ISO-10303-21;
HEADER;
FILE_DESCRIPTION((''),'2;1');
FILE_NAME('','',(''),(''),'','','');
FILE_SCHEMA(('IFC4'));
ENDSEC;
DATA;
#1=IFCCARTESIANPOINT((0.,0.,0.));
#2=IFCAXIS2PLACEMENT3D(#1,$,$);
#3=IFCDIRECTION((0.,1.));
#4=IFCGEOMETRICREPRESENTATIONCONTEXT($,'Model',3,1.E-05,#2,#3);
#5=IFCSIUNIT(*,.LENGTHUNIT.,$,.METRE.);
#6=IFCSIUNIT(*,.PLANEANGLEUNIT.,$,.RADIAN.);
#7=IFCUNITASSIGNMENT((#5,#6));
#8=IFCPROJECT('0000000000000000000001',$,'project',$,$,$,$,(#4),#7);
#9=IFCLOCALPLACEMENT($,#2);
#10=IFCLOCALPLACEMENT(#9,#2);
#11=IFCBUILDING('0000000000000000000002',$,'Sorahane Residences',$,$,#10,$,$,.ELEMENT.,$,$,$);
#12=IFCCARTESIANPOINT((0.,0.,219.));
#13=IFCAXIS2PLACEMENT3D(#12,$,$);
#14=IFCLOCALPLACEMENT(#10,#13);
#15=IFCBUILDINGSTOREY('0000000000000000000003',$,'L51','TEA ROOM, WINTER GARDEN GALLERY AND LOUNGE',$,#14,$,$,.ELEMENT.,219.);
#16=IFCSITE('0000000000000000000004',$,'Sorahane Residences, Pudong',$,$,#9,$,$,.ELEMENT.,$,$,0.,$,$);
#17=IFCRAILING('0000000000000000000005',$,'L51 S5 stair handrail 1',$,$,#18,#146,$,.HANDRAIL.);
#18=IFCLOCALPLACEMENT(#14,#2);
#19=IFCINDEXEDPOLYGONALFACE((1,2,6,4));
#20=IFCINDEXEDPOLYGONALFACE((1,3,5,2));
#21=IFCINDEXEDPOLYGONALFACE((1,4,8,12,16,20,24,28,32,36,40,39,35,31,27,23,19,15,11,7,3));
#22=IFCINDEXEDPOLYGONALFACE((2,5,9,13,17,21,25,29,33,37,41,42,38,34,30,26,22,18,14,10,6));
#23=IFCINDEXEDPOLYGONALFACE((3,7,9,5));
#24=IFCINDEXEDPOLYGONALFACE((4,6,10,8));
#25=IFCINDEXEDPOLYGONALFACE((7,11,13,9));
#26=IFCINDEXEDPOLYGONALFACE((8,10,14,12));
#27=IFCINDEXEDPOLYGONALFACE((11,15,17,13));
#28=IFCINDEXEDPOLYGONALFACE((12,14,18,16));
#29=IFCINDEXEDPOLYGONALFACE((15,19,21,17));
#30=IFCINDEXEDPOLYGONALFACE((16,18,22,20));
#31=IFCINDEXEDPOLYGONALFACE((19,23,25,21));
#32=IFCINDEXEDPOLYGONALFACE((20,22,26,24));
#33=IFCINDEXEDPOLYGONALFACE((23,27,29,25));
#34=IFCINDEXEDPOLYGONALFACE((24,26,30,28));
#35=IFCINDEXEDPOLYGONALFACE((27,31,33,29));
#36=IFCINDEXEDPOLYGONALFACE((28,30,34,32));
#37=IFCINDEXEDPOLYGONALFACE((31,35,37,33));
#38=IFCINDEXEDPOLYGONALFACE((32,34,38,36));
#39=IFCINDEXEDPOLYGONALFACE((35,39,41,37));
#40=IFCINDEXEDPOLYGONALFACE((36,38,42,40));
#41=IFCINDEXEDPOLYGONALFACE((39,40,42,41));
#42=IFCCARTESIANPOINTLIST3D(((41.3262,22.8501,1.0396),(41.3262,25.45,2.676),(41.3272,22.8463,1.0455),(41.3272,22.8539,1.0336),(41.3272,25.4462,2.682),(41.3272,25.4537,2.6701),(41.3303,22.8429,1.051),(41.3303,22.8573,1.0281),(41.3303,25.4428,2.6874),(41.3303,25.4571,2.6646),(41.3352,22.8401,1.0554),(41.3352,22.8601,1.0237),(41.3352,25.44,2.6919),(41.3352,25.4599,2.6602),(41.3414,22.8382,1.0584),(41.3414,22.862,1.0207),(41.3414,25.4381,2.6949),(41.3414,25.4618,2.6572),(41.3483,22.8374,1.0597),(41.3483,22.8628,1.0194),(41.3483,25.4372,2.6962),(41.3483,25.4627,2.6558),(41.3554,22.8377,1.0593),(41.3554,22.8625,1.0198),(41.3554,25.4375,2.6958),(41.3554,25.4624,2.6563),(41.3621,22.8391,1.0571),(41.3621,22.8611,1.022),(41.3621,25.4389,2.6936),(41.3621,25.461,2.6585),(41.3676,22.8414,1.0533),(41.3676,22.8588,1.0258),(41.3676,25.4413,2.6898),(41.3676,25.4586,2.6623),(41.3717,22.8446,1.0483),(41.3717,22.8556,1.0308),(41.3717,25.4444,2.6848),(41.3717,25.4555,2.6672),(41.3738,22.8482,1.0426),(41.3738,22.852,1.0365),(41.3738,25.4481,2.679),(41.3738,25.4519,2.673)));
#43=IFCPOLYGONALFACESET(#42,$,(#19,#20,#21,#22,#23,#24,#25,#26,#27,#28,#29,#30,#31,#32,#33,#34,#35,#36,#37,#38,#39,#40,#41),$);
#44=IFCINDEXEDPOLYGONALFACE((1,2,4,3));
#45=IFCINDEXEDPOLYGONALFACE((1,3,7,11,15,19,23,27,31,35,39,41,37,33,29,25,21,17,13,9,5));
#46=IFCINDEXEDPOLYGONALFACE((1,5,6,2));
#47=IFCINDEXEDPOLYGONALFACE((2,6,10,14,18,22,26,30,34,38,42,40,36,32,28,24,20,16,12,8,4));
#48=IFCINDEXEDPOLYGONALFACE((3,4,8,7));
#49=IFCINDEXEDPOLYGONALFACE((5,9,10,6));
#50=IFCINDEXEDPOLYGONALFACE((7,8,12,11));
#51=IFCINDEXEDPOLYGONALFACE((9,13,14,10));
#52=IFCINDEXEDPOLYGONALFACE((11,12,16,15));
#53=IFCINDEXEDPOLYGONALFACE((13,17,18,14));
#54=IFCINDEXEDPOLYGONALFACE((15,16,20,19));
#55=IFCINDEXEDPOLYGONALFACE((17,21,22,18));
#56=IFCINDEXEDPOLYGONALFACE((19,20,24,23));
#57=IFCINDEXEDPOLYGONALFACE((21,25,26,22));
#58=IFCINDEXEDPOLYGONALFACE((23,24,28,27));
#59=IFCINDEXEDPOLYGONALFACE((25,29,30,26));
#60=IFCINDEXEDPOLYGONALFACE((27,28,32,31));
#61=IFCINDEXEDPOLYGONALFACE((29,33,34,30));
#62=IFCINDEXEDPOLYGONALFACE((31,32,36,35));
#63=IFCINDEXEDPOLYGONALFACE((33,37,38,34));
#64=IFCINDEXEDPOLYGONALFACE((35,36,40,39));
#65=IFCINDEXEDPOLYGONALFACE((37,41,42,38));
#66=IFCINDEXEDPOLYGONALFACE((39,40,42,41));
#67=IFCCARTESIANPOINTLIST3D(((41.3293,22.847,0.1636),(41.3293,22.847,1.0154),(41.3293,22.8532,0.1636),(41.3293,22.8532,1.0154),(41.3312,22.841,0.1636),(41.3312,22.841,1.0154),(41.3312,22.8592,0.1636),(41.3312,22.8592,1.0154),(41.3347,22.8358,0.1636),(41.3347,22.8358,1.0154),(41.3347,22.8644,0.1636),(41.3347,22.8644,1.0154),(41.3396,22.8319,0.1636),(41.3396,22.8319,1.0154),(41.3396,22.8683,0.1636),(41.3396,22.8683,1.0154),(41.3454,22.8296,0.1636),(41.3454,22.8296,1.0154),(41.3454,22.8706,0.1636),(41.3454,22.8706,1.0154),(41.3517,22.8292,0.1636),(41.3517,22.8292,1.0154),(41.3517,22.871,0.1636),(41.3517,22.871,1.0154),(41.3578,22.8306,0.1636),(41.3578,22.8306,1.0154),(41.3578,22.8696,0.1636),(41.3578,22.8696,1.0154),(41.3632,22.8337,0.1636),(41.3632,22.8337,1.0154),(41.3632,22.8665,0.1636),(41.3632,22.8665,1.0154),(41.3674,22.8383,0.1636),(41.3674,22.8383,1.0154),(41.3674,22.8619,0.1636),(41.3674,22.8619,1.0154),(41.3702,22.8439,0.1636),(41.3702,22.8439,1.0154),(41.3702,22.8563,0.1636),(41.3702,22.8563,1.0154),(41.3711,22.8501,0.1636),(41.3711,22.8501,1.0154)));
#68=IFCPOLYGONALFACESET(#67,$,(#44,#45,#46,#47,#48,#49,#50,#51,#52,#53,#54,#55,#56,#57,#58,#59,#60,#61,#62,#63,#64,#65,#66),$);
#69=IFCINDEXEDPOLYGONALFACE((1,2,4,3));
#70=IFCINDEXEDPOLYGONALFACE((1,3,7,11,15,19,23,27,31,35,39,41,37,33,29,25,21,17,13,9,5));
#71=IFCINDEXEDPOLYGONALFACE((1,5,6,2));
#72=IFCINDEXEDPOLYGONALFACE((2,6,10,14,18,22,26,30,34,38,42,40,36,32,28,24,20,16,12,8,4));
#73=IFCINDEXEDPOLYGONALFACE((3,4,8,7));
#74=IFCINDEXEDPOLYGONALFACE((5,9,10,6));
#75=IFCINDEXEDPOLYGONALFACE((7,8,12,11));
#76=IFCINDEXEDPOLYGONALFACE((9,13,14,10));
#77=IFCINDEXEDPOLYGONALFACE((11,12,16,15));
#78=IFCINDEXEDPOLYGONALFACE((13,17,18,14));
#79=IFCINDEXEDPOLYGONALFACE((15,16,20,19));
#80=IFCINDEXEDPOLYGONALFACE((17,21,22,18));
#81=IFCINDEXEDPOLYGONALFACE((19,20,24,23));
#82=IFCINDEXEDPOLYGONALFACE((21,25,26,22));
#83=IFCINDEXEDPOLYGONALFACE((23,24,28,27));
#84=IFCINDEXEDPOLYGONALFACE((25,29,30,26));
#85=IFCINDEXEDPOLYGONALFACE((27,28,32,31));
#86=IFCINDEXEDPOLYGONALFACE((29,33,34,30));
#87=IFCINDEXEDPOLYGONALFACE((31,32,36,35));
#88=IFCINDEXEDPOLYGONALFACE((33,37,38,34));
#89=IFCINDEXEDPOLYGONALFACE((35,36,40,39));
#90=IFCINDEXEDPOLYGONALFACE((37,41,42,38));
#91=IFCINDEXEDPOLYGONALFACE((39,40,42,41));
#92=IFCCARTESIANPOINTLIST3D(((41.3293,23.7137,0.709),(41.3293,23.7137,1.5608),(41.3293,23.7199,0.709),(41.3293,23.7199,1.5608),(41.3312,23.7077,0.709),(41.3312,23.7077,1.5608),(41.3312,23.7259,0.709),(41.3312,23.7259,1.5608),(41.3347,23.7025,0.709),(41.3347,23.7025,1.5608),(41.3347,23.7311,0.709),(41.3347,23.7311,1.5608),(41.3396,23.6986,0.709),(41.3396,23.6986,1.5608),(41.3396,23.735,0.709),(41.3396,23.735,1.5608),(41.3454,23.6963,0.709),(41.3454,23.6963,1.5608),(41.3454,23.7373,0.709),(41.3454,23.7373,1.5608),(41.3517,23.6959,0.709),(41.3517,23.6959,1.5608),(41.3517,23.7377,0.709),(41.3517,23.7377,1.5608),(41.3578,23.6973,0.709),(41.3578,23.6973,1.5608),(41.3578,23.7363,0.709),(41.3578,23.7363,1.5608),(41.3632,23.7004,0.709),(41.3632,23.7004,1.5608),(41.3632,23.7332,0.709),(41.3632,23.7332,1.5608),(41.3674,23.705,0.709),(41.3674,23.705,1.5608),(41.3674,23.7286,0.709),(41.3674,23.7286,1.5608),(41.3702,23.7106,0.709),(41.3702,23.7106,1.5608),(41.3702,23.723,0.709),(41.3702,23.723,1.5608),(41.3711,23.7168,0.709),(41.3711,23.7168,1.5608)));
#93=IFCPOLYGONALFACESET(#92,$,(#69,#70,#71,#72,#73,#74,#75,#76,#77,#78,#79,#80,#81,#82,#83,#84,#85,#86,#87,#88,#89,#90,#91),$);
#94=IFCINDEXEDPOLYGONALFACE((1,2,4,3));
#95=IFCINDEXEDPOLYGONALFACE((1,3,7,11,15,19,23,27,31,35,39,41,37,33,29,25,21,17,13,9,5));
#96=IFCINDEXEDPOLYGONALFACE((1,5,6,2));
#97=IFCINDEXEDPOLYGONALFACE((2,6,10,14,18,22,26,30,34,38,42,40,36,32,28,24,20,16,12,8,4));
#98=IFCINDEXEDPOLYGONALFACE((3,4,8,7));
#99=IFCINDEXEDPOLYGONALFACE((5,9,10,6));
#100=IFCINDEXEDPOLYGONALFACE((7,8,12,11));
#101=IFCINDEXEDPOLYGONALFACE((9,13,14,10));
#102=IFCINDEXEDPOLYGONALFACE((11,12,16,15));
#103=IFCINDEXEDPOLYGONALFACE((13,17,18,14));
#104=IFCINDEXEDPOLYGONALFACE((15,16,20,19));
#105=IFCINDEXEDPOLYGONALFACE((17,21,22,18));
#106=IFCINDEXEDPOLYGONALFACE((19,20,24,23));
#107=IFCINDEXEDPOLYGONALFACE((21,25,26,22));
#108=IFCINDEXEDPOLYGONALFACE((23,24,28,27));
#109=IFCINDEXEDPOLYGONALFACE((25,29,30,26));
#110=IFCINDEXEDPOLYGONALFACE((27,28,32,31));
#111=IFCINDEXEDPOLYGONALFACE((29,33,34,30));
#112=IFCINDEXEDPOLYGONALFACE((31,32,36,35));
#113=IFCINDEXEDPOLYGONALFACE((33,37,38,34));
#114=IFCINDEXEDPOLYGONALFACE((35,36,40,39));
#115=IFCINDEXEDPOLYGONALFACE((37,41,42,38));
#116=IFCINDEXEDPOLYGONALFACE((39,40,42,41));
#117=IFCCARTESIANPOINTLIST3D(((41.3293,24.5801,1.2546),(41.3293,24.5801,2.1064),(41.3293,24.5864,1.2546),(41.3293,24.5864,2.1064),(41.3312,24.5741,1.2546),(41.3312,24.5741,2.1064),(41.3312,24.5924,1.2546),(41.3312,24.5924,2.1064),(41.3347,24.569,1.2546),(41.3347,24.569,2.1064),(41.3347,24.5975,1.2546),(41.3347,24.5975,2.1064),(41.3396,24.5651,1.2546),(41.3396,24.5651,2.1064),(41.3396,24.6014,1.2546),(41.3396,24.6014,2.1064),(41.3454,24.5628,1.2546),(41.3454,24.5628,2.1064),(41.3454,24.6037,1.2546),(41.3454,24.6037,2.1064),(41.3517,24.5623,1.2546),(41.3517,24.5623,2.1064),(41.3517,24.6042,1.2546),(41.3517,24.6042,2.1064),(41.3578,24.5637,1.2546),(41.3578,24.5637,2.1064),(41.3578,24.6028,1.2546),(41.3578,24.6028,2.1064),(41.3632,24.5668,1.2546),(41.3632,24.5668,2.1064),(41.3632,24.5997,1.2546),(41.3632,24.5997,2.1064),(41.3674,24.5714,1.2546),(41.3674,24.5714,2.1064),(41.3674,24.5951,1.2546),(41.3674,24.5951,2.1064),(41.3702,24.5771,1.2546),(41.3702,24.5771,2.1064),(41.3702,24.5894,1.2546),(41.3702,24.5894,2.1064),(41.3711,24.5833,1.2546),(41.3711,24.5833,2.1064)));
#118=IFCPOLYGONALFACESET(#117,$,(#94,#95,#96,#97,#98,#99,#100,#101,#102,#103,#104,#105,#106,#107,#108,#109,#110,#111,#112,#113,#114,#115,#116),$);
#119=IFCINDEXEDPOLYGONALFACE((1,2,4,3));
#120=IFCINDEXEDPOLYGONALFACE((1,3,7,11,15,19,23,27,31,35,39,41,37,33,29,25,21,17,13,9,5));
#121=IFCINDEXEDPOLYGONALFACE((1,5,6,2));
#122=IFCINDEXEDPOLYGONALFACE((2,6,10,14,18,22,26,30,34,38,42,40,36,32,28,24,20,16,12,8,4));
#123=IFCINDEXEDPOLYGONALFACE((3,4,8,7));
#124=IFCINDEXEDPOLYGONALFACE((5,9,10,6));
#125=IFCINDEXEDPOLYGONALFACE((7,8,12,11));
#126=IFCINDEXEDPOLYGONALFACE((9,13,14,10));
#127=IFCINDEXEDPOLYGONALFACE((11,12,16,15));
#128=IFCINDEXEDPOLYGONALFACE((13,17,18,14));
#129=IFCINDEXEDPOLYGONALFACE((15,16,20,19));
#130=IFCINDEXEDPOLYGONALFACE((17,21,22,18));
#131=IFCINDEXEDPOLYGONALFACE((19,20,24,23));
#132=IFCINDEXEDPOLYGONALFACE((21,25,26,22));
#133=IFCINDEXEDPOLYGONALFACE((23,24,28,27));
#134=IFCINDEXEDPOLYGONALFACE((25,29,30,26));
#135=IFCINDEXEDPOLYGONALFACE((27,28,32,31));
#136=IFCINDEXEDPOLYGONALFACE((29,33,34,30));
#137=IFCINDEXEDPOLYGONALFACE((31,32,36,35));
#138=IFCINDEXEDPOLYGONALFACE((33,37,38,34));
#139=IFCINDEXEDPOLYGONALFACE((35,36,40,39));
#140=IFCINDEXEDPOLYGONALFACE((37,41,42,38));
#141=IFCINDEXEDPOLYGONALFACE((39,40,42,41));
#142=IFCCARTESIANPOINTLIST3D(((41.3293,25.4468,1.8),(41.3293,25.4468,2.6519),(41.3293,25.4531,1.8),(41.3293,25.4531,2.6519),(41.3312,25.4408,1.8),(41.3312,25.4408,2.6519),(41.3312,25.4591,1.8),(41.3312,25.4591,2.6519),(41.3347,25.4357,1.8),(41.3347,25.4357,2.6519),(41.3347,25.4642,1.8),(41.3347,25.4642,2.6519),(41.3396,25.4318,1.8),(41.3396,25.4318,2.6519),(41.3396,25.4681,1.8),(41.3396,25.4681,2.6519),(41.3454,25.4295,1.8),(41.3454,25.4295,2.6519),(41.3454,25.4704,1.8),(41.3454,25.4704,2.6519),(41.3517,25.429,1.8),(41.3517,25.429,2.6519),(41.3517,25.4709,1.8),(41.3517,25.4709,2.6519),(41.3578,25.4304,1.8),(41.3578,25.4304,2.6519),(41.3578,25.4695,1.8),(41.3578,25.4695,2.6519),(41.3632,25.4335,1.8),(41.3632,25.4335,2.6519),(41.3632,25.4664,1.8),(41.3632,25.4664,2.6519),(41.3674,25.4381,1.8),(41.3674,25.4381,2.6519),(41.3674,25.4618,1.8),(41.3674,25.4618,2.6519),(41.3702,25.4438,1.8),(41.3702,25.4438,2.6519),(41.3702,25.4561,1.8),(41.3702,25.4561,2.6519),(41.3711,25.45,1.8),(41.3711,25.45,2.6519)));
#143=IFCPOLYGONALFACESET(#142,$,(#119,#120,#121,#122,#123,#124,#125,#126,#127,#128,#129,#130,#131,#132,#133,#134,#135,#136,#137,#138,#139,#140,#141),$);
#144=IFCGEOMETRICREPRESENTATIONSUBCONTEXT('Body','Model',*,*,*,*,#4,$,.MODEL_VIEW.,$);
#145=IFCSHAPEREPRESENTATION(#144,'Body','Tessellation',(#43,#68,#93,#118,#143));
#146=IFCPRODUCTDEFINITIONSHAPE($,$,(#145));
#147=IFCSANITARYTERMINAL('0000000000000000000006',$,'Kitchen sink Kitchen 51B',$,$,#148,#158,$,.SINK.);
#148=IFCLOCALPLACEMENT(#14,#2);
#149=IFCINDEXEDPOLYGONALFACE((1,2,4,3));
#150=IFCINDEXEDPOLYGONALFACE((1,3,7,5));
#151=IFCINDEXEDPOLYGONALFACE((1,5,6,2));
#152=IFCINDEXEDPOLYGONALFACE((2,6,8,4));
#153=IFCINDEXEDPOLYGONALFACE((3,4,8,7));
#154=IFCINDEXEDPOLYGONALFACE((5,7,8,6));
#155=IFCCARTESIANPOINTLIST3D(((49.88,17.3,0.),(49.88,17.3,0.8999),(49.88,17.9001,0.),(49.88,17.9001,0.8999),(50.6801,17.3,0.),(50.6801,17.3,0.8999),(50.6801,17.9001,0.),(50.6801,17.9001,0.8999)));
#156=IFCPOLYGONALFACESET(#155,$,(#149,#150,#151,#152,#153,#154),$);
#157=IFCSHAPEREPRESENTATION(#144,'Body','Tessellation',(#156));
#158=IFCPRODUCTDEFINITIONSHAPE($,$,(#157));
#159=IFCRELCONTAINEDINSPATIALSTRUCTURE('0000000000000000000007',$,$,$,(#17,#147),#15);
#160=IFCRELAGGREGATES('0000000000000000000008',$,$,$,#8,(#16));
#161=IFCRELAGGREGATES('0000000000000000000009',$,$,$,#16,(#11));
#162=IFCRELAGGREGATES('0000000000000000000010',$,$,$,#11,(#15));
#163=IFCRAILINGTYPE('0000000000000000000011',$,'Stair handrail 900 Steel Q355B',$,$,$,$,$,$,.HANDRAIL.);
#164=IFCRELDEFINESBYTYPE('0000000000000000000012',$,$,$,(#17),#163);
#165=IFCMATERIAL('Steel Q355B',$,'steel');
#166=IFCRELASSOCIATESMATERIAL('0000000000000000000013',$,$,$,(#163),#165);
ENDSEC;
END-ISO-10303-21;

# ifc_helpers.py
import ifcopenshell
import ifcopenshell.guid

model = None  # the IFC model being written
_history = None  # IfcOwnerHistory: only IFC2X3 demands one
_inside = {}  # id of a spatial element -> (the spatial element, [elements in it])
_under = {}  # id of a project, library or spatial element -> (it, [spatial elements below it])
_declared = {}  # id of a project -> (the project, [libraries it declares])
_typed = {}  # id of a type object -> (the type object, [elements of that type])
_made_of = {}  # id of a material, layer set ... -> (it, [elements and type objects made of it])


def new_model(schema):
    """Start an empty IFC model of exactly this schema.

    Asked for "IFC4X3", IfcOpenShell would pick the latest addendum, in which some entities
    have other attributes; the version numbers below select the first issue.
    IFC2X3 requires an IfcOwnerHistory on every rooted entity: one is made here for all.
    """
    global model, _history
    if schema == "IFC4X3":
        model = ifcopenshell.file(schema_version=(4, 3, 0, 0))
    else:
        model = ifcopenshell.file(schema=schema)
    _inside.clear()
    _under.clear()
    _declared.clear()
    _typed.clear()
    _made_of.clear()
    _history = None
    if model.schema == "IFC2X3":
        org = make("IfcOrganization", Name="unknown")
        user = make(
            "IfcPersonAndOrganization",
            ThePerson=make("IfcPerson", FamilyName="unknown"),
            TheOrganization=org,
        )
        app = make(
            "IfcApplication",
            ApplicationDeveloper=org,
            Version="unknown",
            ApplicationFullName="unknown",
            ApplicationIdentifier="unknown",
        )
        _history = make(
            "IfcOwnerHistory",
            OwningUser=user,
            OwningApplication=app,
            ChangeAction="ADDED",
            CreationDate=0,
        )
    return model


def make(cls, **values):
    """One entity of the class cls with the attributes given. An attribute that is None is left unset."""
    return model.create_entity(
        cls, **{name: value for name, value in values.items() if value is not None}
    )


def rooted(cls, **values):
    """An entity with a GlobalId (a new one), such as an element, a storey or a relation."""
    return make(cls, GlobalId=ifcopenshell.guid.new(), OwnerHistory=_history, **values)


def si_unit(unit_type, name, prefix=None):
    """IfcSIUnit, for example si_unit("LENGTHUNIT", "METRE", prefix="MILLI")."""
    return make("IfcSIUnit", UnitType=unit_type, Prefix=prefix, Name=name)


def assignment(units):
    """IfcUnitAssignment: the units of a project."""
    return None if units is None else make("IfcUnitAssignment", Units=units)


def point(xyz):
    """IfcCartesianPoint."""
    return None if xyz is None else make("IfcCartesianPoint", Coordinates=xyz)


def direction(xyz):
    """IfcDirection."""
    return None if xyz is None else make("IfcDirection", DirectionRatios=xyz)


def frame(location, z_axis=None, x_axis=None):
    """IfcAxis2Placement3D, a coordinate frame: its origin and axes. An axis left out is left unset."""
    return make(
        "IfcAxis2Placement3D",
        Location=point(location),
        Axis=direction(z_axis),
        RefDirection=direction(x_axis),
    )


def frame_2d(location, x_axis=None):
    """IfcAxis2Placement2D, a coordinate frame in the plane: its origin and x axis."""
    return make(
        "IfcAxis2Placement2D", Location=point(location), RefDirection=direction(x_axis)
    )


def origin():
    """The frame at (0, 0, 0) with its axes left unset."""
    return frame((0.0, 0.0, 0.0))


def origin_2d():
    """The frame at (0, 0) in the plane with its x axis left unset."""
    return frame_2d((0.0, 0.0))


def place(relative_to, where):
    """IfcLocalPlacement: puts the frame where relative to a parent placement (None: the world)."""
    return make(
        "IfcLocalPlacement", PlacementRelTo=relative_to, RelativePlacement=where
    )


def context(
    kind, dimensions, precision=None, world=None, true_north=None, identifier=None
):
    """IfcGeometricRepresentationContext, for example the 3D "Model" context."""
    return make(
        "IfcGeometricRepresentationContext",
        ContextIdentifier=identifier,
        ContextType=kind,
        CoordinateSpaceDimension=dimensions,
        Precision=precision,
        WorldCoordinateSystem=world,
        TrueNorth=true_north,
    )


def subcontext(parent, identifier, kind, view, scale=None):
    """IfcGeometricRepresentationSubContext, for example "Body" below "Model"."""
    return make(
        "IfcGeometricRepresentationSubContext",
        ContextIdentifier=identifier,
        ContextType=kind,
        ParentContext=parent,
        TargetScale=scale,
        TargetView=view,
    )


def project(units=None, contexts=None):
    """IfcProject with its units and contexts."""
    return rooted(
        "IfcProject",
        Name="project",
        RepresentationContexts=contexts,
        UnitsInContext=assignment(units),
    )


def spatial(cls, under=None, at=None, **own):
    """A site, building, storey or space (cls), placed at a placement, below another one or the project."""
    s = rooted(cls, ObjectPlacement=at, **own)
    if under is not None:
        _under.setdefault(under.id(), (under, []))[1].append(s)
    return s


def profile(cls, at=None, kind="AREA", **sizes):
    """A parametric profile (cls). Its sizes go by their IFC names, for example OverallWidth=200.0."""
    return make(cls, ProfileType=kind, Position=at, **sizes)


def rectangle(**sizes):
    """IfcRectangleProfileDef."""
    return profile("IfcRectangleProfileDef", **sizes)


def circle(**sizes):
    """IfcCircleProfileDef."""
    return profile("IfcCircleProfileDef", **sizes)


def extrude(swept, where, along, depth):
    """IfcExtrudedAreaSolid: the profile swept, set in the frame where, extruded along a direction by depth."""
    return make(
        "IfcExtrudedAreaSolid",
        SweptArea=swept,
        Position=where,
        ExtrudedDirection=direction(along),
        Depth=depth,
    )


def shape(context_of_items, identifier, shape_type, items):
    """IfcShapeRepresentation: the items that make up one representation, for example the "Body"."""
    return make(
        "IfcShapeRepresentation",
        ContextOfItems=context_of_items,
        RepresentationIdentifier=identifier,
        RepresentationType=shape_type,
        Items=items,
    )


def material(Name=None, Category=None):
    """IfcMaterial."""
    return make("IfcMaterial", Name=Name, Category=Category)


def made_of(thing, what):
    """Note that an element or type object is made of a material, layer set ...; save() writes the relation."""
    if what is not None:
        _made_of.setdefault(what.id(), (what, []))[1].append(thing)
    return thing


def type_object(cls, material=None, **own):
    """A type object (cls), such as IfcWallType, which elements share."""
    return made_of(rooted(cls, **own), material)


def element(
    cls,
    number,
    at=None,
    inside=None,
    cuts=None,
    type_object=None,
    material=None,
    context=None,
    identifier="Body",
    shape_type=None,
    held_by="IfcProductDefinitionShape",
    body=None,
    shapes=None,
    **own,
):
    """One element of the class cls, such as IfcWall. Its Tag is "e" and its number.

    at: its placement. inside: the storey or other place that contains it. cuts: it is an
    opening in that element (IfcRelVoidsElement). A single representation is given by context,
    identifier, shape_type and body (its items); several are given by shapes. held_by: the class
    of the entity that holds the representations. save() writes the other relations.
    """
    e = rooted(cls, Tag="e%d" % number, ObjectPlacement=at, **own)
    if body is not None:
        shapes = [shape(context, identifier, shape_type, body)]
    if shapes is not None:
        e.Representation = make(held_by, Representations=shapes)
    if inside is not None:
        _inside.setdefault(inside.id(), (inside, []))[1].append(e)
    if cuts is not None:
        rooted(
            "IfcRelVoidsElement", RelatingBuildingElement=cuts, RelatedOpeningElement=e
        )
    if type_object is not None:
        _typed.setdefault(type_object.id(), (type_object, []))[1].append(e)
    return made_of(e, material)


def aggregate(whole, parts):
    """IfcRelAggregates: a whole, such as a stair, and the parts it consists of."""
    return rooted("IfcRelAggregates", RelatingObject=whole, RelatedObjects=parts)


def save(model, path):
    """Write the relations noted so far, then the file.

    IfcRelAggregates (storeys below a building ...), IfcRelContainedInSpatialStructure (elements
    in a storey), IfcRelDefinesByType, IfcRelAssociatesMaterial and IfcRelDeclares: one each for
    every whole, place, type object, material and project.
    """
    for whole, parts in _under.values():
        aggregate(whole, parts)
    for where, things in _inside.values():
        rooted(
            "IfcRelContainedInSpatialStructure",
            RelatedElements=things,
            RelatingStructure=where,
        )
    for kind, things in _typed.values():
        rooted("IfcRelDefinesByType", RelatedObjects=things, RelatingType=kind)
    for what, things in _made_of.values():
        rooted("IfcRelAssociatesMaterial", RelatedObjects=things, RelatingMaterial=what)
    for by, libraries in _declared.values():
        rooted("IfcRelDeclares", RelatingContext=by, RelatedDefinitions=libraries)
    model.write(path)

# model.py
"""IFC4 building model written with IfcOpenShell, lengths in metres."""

from ifc_helpers import new_model, si_unit, direction, frame, origin, origin_2d, place, context, subcontext, project, spatial, rectangle, circle, extrude, material, type_object, element, save


model = new_model("IFC4")

# Units and contexts
model_context = context("Model", 3, precision=1e-05, world=origin(), true_north=direction((0.0, 1.0)))
body_context = subcontext(model_context, "Body", "Model", "MODEL_VIEW")
ifc_project = project(units=[si_unit("LENGTHUNIT", "METRE"), si_unit("PLANEANGLEUNIT", "RADIAN")], contexts=[model_context])

# Site, building, storey
site_placement = place(None, origin())
site = spatial("IfcSite", under=ifc_project, at=site_placement, Name="Sorahane Residences, Pudong", CompositionType="ELEMENT", RefElevation=0.0)
building_placement = place(site_placement, origin())
building = spatial("IfcBuilding", under=site, at=building_placement, Name="Sorahane Residences", CompositionType="ELEMENT")
storey_placement = place(building_placement, frame((0.0, 0.0, 219.0)))
storey = spatial("IfcBuildingStorey", under=building, at=storey_placement, Name="L51", Description="TEA ROOM, WINTER GARDEN GALLERY AND LOUNGE", CompositionType="ELEMENT", Elevation=219.0)

# Railing
ifc_material_1 = material(Name="Steel Q355B", Category="steel")
railing_type = type_object("IfcRailingType", Name="Stair handrail 900 Steel Q355B", PredefinedType="HANDRAIL", material=ifc_material_1)
railing_placement = place(storey_placement, frame((41.3501, 22.8501, 0.1636)))
element("IfcRailing", 1, at=railing_placement, inside=storey, type_object=railing_type, Name="L51 S5 stair handrail 1", PredefinedType="HANDRAIL", context=body_context, shape_type="SweptSolid", body=[
    extrude(circle(Radius=0.0239, at=origin_2d()), frame((0.0, 0.0, 0.876), z_axis=(0.0, 0.846302, 0.532704), x_axis=(-1.0, 0.0, 0.0)), (0.0, 0.0, 1.0), 3.072),
    extrude(circle(Radius=0.021, at=origin_2d()), origin(), (0.0, 0.0, 1.0), 0.8518),
    extrude(circle(Radius=0.021, at=origin_2d()), frame((0.0, 0.8667, 0.5454)), (0.0, 0.0, 1.0), 0.8518),
    extrude(circle(Radius=0.021, at=origin_2d()), frame((0.0, 1.7332, 1.0911)), (0.0, 0.0, 1.0), 0.8518),
    extrude(circle(Radius=0.021, at=origin_2d()), frame((0.0, 2.5999, 1.6365)), (0.0, 0.0, 1.0), 0.8518),
])

# Sanitary terminal
sanitary_terminal_placement = place(storey_placement, frame((50.28, 17.6001, 0.0), z_axis=(0.0, 0.0, 1.0), x_axis=(1.0, 0.0, 0.0)))
element("IfcSanitaryTerminal", 2, at=sanitary_terminal_placement, inside=storey, Name="Kitchen sink Kitchen 51B", PredefinedType="SINK", context=body_context, shape_type="SweptSolid", body=[
    extrude(rectangle(XDim=0.8, YDim=0.6001, at=origin_2d()), origin(), (0.0, 0.0, 1.0), 0.8999),
])

save(model, "model.ifc")
